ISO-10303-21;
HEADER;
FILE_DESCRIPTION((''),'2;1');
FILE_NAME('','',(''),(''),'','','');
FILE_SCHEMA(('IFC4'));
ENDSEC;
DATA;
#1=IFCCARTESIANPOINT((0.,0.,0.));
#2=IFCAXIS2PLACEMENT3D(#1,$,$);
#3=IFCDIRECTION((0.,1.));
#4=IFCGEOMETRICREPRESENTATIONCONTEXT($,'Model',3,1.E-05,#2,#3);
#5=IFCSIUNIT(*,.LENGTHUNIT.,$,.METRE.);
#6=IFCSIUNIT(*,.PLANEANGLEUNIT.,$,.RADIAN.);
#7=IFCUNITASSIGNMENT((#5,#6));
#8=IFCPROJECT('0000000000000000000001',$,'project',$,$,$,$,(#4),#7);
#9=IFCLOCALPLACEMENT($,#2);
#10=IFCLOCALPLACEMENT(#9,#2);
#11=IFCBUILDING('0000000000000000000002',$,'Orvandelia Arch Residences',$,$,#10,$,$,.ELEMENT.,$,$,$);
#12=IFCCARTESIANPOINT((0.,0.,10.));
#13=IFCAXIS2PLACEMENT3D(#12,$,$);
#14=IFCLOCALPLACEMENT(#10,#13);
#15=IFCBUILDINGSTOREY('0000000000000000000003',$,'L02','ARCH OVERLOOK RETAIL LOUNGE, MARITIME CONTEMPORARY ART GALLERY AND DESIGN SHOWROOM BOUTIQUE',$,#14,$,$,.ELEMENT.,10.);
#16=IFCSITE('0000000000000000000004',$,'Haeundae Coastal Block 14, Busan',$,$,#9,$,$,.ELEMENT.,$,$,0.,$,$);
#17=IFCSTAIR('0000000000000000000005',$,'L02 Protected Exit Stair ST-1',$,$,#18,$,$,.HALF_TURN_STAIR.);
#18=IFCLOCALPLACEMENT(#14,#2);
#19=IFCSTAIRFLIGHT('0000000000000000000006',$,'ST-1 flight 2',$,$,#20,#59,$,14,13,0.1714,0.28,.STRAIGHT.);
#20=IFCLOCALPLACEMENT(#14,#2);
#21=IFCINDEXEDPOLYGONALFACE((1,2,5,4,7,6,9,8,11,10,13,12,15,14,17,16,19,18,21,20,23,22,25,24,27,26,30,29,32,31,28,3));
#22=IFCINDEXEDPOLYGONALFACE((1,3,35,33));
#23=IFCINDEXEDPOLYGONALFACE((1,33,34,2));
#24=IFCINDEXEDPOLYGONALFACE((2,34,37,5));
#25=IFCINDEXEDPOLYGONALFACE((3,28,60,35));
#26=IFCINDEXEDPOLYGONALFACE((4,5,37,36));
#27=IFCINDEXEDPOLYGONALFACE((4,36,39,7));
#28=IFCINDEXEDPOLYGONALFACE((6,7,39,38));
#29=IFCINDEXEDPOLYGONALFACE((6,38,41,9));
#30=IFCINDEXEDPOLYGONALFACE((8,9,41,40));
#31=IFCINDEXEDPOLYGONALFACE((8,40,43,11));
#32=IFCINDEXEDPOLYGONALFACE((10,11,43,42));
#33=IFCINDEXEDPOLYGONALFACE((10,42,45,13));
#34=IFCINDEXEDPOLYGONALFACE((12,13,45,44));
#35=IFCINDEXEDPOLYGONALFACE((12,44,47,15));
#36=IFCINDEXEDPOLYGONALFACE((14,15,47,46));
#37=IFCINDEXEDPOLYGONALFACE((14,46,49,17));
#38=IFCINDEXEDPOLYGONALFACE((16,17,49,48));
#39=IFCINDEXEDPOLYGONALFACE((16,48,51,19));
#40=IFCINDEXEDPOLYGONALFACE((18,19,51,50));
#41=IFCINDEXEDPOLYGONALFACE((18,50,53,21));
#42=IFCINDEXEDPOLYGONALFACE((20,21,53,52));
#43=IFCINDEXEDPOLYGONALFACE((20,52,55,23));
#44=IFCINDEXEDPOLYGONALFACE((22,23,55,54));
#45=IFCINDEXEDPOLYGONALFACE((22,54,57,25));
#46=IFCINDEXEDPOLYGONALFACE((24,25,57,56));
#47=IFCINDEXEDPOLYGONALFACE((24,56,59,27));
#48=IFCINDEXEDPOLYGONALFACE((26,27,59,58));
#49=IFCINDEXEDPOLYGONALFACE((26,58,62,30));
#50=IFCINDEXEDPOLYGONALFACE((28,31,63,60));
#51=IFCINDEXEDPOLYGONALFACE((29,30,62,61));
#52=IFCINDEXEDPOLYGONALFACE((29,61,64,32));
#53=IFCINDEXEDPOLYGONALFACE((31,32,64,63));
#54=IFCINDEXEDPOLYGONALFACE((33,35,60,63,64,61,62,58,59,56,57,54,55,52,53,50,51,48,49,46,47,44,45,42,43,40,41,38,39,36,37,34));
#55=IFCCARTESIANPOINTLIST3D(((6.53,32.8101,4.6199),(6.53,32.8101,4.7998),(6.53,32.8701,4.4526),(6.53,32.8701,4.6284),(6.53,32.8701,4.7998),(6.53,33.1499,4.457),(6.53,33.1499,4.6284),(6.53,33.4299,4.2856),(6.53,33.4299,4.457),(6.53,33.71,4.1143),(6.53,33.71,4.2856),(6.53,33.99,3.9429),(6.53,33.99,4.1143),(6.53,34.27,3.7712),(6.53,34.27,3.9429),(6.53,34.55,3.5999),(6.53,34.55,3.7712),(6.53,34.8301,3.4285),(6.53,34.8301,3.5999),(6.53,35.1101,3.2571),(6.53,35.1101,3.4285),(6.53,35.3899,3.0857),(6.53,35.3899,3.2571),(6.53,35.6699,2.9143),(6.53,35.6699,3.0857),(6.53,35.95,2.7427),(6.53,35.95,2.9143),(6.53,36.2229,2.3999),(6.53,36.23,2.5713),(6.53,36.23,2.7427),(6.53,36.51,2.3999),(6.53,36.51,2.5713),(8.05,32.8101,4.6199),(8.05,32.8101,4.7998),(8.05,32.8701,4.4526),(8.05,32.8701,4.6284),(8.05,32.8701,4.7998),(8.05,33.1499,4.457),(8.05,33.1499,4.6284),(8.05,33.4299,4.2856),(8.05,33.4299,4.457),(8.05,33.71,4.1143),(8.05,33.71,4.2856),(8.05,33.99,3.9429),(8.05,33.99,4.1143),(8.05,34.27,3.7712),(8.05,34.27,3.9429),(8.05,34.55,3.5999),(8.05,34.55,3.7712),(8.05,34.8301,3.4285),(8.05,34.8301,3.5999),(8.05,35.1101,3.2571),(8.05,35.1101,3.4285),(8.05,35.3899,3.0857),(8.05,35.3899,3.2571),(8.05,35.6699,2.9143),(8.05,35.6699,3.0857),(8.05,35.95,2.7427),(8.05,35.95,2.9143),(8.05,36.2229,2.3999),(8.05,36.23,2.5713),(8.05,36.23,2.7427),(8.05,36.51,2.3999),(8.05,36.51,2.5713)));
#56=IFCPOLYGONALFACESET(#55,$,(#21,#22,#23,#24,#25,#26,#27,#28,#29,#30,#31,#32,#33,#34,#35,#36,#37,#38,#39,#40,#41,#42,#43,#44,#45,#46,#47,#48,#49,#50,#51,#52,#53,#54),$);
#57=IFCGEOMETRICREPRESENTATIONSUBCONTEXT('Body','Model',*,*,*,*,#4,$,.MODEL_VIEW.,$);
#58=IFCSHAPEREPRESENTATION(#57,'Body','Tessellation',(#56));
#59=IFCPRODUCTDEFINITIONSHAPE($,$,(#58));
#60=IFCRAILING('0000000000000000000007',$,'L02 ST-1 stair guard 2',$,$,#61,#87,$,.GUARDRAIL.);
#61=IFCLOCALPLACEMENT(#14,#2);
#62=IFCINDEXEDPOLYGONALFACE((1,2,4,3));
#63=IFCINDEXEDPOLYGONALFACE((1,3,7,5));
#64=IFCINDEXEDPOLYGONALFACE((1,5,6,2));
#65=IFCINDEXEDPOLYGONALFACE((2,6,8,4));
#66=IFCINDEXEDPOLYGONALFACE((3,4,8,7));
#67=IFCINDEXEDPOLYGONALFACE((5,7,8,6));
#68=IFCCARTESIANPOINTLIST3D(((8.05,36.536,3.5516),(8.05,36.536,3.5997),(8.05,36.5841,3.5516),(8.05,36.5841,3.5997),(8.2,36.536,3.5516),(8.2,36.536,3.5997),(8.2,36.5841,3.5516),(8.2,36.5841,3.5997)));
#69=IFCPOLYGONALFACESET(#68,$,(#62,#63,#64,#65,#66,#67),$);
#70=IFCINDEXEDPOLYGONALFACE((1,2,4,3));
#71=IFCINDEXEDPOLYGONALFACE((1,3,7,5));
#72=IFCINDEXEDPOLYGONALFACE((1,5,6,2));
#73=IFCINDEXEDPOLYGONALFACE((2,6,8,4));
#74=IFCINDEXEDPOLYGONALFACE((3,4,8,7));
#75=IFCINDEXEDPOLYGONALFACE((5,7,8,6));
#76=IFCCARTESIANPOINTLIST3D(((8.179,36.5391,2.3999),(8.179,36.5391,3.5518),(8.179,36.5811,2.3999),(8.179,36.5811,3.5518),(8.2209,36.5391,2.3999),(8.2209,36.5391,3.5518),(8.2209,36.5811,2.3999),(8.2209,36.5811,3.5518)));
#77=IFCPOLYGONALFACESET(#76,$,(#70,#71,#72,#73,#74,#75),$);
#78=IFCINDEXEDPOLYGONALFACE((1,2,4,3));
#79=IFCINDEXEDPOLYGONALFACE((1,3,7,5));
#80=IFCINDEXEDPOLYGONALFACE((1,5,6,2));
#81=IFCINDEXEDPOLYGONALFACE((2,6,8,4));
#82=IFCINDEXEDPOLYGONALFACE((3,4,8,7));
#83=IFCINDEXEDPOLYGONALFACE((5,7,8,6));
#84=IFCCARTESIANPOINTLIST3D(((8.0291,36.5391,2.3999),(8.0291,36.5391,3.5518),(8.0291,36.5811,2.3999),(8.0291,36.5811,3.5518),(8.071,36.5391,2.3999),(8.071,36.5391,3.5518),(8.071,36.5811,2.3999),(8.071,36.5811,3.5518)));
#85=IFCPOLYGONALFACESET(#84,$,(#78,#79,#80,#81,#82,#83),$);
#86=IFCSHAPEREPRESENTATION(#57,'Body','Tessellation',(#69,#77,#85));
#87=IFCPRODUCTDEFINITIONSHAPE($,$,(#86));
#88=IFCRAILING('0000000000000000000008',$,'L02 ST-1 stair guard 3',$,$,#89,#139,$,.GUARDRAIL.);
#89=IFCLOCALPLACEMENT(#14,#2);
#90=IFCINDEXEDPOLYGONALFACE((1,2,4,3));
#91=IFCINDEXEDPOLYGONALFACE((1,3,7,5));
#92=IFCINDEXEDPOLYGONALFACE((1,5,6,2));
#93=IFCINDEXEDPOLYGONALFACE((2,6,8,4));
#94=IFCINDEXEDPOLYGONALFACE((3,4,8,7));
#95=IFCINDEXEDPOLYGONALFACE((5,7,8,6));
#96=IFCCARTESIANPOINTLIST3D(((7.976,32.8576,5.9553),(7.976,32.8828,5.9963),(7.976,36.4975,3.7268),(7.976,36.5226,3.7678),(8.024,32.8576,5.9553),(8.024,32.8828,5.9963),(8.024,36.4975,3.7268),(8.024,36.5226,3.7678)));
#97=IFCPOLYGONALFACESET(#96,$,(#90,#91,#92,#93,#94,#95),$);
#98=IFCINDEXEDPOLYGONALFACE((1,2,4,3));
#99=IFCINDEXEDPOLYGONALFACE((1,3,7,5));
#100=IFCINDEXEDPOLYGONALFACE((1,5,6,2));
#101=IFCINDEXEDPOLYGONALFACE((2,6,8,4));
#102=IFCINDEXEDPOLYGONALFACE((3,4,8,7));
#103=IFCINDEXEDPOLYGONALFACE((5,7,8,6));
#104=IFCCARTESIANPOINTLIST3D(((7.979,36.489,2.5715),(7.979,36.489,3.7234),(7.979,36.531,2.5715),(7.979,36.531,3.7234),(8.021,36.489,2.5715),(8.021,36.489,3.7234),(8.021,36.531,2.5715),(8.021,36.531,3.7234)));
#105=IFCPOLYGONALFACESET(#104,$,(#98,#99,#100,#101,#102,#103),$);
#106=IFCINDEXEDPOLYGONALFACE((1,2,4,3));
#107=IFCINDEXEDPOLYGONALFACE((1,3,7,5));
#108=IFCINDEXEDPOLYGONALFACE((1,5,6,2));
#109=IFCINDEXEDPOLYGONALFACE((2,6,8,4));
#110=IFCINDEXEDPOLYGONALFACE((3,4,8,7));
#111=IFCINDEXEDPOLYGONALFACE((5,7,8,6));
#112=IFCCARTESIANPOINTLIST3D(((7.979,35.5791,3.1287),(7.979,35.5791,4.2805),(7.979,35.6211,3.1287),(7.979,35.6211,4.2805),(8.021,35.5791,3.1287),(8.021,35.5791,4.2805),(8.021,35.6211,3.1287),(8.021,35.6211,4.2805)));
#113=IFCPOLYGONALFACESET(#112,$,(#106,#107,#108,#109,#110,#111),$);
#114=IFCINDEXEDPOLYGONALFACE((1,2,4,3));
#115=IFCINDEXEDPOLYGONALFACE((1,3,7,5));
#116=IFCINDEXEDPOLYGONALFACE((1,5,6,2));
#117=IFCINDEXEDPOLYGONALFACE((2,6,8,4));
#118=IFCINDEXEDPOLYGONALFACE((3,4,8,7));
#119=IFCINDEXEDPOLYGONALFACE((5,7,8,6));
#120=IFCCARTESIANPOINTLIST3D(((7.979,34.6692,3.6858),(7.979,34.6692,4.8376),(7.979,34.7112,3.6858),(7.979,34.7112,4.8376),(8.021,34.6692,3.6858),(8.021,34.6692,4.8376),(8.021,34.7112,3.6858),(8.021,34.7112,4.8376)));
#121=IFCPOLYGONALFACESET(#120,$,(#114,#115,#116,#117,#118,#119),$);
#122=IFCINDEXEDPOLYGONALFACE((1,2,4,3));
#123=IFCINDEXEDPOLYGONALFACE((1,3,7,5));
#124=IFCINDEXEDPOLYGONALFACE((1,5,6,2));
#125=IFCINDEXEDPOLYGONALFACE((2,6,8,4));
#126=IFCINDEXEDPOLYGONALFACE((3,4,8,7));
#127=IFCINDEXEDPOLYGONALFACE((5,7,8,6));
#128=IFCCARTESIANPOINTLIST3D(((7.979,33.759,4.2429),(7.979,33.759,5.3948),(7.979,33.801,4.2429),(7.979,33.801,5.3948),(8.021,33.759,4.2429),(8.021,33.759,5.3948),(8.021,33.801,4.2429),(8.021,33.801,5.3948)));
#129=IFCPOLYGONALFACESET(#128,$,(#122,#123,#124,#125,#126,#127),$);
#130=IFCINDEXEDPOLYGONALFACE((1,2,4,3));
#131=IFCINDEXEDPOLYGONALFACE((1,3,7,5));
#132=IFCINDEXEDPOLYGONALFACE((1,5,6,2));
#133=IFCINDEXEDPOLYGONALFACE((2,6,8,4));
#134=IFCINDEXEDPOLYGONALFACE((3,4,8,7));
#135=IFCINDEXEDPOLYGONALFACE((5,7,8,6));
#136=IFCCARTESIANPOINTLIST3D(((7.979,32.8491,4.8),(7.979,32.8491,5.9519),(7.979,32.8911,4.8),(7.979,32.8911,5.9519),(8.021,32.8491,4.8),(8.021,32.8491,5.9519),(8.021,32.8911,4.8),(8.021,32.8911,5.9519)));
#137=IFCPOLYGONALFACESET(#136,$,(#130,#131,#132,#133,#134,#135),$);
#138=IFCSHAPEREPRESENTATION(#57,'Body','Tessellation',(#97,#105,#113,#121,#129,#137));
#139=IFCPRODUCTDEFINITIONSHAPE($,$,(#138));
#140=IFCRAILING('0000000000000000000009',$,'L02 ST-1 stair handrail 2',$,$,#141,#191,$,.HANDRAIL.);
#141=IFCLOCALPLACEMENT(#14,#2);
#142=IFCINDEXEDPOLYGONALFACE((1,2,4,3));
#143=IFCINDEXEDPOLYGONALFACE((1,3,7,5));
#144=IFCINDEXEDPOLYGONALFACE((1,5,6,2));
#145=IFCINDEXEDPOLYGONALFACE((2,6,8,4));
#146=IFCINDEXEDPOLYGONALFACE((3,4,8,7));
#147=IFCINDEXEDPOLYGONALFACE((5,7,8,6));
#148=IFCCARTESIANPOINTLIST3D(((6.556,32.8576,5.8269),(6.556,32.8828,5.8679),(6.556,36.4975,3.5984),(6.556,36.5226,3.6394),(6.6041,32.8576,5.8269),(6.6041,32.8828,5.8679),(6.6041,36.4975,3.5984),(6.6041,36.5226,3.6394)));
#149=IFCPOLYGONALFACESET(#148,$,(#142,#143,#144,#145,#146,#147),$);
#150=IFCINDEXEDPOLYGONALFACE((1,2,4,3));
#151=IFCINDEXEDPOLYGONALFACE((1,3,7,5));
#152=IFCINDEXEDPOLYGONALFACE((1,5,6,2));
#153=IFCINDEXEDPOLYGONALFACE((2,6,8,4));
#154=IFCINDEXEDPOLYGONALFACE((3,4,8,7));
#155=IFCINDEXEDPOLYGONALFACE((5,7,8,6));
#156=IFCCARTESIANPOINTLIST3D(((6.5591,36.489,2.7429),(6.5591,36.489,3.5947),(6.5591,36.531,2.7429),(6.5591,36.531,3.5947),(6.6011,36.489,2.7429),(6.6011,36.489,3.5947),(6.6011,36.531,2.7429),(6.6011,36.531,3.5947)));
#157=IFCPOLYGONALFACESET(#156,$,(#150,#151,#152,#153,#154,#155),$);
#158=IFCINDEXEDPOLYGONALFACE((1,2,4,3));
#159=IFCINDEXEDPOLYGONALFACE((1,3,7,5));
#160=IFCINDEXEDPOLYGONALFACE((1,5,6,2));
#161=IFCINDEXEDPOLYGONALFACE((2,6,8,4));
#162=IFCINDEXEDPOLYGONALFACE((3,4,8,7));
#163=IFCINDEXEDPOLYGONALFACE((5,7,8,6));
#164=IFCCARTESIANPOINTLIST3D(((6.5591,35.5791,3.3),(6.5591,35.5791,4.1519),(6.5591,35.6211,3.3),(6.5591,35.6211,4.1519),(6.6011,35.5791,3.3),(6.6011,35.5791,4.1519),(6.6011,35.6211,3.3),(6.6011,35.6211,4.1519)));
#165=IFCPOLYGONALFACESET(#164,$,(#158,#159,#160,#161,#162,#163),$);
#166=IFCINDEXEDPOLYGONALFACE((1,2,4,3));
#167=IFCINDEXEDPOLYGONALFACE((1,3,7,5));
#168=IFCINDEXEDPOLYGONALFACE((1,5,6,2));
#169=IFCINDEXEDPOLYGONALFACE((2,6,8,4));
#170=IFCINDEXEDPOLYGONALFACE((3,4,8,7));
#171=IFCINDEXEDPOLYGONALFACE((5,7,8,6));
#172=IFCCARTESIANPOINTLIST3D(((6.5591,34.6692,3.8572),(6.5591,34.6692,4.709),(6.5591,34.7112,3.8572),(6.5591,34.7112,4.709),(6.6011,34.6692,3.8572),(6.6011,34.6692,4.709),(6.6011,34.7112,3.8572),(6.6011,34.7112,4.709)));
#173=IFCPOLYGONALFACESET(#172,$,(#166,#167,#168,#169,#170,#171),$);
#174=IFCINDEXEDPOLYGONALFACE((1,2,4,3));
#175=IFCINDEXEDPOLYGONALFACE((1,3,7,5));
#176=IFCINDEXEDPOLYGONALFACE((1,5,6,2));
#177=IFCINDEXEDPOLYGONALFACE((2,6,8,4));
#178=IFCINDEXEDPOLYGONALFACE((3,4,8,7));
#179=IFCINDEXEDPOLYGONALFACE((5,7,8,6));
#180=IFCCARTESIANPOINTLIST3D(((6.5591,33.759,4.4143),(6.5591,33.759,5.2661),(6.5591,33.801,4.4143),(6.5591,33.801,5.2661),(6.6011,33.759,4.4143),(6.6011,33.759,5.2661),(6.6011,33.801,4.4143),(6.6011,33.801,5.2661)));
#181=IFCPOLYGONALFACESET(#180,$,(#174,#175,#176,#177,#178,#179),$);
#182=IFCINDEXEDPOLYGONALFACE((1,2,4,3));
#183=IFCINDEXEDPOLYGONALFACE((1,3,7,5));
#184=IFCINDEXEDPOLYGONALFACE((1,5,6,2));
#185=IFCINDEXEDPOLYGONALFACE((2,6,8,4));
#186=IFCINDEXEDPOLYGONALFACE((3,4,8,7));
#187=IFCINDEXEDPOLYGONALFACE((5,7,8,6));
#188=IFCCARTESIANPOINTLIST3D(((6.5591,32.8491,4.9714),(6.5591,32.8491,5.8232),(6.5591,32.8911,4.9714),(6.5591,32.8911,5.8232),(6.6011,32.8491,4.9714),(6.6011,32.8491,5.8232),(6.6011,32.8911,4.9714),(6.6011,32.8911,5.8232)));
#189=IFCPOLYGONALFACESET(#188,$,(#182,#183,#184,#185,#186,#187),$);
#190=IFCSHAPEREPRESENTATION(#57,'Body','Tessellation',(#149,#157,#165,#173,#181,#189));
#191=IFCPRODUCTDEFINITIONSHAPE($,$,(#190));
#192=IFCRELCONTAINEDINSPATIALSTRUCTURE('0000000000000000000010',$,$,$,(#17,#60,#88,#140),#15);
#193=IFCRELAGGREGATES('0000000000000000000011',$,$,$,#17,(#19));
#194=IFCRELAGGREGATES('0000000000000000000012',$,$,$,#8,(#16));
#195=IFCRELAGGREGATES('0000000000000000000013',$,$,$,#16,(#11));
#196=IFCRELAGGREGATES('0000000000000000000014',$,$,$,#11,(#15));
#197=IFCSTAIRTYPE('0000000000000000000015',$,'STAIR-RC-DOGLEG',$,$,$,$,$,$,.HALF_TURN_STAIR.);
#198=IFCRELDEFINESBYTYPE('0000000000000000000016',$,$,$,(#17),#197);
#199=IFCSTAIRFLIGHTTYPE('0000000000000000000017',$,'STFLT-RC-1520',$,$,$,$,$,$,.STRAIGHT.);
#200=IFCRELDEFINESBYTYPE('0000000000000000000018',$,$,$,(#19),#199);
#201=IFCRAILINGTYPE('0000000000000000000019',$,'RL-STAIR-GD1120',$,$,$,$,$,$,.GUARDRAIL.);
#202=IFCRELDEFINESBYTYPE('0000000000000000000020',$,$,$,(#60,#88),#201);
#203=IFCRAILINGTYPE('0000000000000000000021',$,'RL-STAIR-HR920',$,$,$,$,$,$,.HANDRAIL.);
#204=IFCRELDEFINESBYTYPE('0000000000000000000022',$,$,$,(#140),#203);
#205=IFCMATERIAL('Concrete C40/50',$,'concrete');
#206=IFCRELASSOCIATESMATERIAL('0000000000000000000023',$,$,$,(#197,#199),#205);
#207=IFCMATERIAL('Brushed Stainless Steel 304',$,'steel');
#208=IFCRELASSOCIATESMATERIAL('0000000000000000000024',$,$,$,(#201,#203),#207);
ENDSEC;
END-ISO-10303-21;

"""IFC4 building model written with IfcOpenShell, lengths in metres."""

from ifc_helpers import new_model, si_unit, direction, frame, origin, origin_2d, place, context, subcontext, project, spatial, polyline, rectangle, outline, extrude, material, type_object, element, aggregate, save


model = new_model("IFC4")

# Units and contexts
model_context = context("Model", 3, precision=1e-05, world=origin(), true_north=direction((0.0, 1.0)))
body_context = subcontext(model_context, "Body", "Model", "MODEL_VIEW")
ifc_project = project(units=[si_unit("LENGTHUNIT", "METRE"), si_unit("PLANEANGLEUNIT", "RADIAN")], contexts=[model_context])

# Site, building, storey
site_placement = place(None, origin())
site = spatial("IfcSite", under=ifc_project, at=site_placement, Name="Haeundae Coastal Block 14, Busan", CompositionType="ELEMENT", RefElevation=0.0)
building_placement = place(site_placement, origin())
building = spatial("IfcBuilding", under=site, at=building_placement, Name="Orvandelia Arch Residences", CompositionType="ELEMENT")
storey_placement = place(building_placement, frame((0.0, 0.0, 10.0)))
storey = spatial("IfcBuildingStorey", under=building, at=storey_placement, Name="L02", Description="ARCH OVERLOOK RETAIL LOUNGE, MARITIME CONTEMPORARY ART GALLERY AND DESIGN SHOWROOM BOUTIQUE", CompositionType="ELEMENT", Elevation=10.0)

# Stair, stair flight
ifc_material_1 = material(Name="Concrete C40/50", Category="concrete")
stair_type = type_object("IfcStairType", Name="STAIR-RC-DOGLEG", PredefinedType="HALF_TURN_STAIR", material=ifc_material_1)
stair_placement = place(storey_placement, origin())
stair = element("IfcStair", 1, at=stair_placement, inside=storey, type_object=stair_type, Name="L02 Protected Exit Stair ST-1", PredefinedType="HALF_TURN_STAIR")
stair_flight_type = type_object("IfcStairFlightType", Name="STFLT-RC-1520", PredefinedType="STRAIGHT", material=ifc_material_1)
stair_flight_placement = place(storey_placement, frame((7.29, 36.51, 2.3999), z_axis=(0.0, 0.0, 1.0), x_axis=(0.0, -1.0, 0.0)))
stair_flight = element("IfcStairFlight", 2, at=stair_flight_placement, type_object=stair_flight_type, Name="ST-1 flight 2", NumberOfRisers=14, NumberOfTreads=13, PredefinedType="STRAIGHT", RiserHeight=0.1714, TreadLength=0.28, context=body_context, shape_type="SweptSolid", body=[
    extrude(outline(polyline([(0.0, 0.0), (0.0, 0.1714), (0.28, 0.1714), (0.28, 0.3428), (0.5601, 0.3428), (0.5601, 0.5144), (0.8401, 0.5144), (0.8401, 0.6858), (1.1201, 0.6858), (1.1201, 0.8572), (1.3999, 0.8572), (1.3999, 1.0286), (1.6799, 1.0286), (1.6799, 1.2), (1.96, 1.2), (1.96, 1.3713), (2.24, 1.3713), (2.24, 1.543), (2.52, 1.543), (2.52, 1.7144), (2.8, 1.7144), (2.8, 1.8857), (3.0801, 1.8857), (3.0801, 2.0571), (3.3601, 2.0571), (3.3601, 2.2285), (3.6399, 2.2285), (3.6399, 2.3999), (3.7, 2.3999), (3.7, 2.22), (3.6399, 2.0527), (0.2871, 0.0), (0.0, 0.0)])), frame((0.0, 0.76, 0.0), z_axis=(0.0, -1.0, 0.0), x_axis=(1.0, 0.0, 0.0)), (0.0, 0.0, 1.0), 1.52),
])
aggregate(stair, [stair_flight])

# Railings
ifc_material_2 = material(Name="Brushed Stainless Steel 304", Category="steel")
railing_type_1 = type_object("IfcRailingType", Name="RL-STAIR-GD1120", PredefinedType="GUARDRAIL", material=ifc_material_2)
railing_1_placement = place(storey_placement, frame((8.2, 36.5601, 2.3999)))
element("IfcRailing", 3, at=railing_1_placement, inside=storey, type_object=railing_type_1, Name="L02 ST-1 stair guard 2", PredefinedType="GUARDRAIL", context=body_context, shape_type="SweptSolid", body=[
    extrude(rectangle(XDim=0.0481, YDim=0.0481, at=origin_2d()), frame((0.0, 0.0, 1.1758), z_axis=(-1.0, 0.0, 0.0), x_axis=(0.0, -1.0, 0.0)), (0.0, 0.0, 1.0), 0.1499),
    extrude(rectangle(XDim=0.042, YDim=0.042, at=origin_2d()), origin(), (0.0, 0.0, 1.0), 1.1519),
    extrude(rectangle(XDim=0.042, YDim=0.042, at=origin_2d()), frame((-0.1499, 0.0, 0.0)), (0.0, 0.0, 1.0), 1.1519),
])
railing_2_placement = place(storey_placement, frame((8.0, 36.51, 2.5715)))
element("IfcRailing", 4, at=railing_2_placement, inside=storey, type_object=railing_type_1, Name="L02 ST-1 stair guard 3", PredefinedType="GUARDRAIL", context=body_context, shape_type="SweptSolid", body=[
    extrude(rectangle(XDim=0.0481, YDim=0.0481, at=origin_2d()), frame((0.0, 0.0, 1.1758), z_axis=(0.0, -0.85285, 0.522156), x_axis=(1.0, 0.0, 0.0)), (0.0, 0.0, 1.0), 4.2678),
    extrude(rectangle(XDim=0.042, YDim=0.042, at=origin_2d()), origin(), (0.0, 0.0, 1.0), 1.1519),
    extrude(rectangle(XDim=0.042, YDim=0.042, at=origin_2d()), frame((0.0, -0.9099, 0.5571)), (0.0, 0.0, 1.0), 1.1519),
    extrude(rectangle(XDim=0.042, YDim=0.042, at=origin_2d()), frame((0.0, -1.8198, 1.1143)), (0.0, 0.0, 1.0), 1.1519),
    extrude(rectangle(XDim=0.042, YDim=0.042, at=origin_2d()), frame((0.0, -2.73, 1.6714)), (0.0, 0.0, 1.0), 1.1519),
    extrude(rectangle(XDim=0.042, YDim=0.042, at=origin_2d()), frame((0.0, -3.6399, 2.2285)), (0.0, 0.0, 1.0), 1.1519),
])
railing_type_2 = type_object("IfcRailingType", Name="RL-STAIR-HR920", PredefinedType="HANDRAIL", material=ifc_material_2)
railing_3_placement = place(storey_placement, frame((6.5801, 36.51, 2.7429)))
element("IfcRailing", 5, at=railing_3_placement, inside=storey, type_object=railing_type_2, Name="L02 ST-1 stair handrail 2", PredefinedType="HANDRAIL", context=body_context, shape_type="SweptSolid", body=[
    extrude(rectangle(XDim=0.0481, YDim=0.0481, at=origin_2d()), frame((0.0, 0.0, 0.876), z_axis=(0.0, -0.85285, 0.522156), x_axis=(1.0, 0.0, 0.0)), (0.0, 0.0, 1.0), 4.2678),
    extrude(rectangle(XDim=0.042, YDim=0.042, at=origin_2d()), origin(), (0.0, 0.0, 1.0), 0.8518),
    extrude(rectangle(XDim=0.042, YDim=0.042, at=origin_2d()), frame((0.0, -0.9099, 0.5571)), (0.0, 0.0, 1.0), 0.8518),
    extrude(rectangle(XDim=0.042, YDim=0.042, at=origin_2d()), frame((0.0, -1.8198, 1.1143)), (0.0, 0.0, 1.0), 0.8518),
    extrude(rectangle(XDim=0.042, YDim=0.042, at=origin_2d()), frame((0.0, -2.73, 1.6714)), (0.0, 0.0, 1.0), 0.8518),
    extrude(rectangle(XDim=0.042, YDim=0.042, at=origin_2d()), frame((0.0, -3.6399, 2.2285)), (0.0, 0.0, 1.0), 0.8518),
])

save(model, "model.ifc")
